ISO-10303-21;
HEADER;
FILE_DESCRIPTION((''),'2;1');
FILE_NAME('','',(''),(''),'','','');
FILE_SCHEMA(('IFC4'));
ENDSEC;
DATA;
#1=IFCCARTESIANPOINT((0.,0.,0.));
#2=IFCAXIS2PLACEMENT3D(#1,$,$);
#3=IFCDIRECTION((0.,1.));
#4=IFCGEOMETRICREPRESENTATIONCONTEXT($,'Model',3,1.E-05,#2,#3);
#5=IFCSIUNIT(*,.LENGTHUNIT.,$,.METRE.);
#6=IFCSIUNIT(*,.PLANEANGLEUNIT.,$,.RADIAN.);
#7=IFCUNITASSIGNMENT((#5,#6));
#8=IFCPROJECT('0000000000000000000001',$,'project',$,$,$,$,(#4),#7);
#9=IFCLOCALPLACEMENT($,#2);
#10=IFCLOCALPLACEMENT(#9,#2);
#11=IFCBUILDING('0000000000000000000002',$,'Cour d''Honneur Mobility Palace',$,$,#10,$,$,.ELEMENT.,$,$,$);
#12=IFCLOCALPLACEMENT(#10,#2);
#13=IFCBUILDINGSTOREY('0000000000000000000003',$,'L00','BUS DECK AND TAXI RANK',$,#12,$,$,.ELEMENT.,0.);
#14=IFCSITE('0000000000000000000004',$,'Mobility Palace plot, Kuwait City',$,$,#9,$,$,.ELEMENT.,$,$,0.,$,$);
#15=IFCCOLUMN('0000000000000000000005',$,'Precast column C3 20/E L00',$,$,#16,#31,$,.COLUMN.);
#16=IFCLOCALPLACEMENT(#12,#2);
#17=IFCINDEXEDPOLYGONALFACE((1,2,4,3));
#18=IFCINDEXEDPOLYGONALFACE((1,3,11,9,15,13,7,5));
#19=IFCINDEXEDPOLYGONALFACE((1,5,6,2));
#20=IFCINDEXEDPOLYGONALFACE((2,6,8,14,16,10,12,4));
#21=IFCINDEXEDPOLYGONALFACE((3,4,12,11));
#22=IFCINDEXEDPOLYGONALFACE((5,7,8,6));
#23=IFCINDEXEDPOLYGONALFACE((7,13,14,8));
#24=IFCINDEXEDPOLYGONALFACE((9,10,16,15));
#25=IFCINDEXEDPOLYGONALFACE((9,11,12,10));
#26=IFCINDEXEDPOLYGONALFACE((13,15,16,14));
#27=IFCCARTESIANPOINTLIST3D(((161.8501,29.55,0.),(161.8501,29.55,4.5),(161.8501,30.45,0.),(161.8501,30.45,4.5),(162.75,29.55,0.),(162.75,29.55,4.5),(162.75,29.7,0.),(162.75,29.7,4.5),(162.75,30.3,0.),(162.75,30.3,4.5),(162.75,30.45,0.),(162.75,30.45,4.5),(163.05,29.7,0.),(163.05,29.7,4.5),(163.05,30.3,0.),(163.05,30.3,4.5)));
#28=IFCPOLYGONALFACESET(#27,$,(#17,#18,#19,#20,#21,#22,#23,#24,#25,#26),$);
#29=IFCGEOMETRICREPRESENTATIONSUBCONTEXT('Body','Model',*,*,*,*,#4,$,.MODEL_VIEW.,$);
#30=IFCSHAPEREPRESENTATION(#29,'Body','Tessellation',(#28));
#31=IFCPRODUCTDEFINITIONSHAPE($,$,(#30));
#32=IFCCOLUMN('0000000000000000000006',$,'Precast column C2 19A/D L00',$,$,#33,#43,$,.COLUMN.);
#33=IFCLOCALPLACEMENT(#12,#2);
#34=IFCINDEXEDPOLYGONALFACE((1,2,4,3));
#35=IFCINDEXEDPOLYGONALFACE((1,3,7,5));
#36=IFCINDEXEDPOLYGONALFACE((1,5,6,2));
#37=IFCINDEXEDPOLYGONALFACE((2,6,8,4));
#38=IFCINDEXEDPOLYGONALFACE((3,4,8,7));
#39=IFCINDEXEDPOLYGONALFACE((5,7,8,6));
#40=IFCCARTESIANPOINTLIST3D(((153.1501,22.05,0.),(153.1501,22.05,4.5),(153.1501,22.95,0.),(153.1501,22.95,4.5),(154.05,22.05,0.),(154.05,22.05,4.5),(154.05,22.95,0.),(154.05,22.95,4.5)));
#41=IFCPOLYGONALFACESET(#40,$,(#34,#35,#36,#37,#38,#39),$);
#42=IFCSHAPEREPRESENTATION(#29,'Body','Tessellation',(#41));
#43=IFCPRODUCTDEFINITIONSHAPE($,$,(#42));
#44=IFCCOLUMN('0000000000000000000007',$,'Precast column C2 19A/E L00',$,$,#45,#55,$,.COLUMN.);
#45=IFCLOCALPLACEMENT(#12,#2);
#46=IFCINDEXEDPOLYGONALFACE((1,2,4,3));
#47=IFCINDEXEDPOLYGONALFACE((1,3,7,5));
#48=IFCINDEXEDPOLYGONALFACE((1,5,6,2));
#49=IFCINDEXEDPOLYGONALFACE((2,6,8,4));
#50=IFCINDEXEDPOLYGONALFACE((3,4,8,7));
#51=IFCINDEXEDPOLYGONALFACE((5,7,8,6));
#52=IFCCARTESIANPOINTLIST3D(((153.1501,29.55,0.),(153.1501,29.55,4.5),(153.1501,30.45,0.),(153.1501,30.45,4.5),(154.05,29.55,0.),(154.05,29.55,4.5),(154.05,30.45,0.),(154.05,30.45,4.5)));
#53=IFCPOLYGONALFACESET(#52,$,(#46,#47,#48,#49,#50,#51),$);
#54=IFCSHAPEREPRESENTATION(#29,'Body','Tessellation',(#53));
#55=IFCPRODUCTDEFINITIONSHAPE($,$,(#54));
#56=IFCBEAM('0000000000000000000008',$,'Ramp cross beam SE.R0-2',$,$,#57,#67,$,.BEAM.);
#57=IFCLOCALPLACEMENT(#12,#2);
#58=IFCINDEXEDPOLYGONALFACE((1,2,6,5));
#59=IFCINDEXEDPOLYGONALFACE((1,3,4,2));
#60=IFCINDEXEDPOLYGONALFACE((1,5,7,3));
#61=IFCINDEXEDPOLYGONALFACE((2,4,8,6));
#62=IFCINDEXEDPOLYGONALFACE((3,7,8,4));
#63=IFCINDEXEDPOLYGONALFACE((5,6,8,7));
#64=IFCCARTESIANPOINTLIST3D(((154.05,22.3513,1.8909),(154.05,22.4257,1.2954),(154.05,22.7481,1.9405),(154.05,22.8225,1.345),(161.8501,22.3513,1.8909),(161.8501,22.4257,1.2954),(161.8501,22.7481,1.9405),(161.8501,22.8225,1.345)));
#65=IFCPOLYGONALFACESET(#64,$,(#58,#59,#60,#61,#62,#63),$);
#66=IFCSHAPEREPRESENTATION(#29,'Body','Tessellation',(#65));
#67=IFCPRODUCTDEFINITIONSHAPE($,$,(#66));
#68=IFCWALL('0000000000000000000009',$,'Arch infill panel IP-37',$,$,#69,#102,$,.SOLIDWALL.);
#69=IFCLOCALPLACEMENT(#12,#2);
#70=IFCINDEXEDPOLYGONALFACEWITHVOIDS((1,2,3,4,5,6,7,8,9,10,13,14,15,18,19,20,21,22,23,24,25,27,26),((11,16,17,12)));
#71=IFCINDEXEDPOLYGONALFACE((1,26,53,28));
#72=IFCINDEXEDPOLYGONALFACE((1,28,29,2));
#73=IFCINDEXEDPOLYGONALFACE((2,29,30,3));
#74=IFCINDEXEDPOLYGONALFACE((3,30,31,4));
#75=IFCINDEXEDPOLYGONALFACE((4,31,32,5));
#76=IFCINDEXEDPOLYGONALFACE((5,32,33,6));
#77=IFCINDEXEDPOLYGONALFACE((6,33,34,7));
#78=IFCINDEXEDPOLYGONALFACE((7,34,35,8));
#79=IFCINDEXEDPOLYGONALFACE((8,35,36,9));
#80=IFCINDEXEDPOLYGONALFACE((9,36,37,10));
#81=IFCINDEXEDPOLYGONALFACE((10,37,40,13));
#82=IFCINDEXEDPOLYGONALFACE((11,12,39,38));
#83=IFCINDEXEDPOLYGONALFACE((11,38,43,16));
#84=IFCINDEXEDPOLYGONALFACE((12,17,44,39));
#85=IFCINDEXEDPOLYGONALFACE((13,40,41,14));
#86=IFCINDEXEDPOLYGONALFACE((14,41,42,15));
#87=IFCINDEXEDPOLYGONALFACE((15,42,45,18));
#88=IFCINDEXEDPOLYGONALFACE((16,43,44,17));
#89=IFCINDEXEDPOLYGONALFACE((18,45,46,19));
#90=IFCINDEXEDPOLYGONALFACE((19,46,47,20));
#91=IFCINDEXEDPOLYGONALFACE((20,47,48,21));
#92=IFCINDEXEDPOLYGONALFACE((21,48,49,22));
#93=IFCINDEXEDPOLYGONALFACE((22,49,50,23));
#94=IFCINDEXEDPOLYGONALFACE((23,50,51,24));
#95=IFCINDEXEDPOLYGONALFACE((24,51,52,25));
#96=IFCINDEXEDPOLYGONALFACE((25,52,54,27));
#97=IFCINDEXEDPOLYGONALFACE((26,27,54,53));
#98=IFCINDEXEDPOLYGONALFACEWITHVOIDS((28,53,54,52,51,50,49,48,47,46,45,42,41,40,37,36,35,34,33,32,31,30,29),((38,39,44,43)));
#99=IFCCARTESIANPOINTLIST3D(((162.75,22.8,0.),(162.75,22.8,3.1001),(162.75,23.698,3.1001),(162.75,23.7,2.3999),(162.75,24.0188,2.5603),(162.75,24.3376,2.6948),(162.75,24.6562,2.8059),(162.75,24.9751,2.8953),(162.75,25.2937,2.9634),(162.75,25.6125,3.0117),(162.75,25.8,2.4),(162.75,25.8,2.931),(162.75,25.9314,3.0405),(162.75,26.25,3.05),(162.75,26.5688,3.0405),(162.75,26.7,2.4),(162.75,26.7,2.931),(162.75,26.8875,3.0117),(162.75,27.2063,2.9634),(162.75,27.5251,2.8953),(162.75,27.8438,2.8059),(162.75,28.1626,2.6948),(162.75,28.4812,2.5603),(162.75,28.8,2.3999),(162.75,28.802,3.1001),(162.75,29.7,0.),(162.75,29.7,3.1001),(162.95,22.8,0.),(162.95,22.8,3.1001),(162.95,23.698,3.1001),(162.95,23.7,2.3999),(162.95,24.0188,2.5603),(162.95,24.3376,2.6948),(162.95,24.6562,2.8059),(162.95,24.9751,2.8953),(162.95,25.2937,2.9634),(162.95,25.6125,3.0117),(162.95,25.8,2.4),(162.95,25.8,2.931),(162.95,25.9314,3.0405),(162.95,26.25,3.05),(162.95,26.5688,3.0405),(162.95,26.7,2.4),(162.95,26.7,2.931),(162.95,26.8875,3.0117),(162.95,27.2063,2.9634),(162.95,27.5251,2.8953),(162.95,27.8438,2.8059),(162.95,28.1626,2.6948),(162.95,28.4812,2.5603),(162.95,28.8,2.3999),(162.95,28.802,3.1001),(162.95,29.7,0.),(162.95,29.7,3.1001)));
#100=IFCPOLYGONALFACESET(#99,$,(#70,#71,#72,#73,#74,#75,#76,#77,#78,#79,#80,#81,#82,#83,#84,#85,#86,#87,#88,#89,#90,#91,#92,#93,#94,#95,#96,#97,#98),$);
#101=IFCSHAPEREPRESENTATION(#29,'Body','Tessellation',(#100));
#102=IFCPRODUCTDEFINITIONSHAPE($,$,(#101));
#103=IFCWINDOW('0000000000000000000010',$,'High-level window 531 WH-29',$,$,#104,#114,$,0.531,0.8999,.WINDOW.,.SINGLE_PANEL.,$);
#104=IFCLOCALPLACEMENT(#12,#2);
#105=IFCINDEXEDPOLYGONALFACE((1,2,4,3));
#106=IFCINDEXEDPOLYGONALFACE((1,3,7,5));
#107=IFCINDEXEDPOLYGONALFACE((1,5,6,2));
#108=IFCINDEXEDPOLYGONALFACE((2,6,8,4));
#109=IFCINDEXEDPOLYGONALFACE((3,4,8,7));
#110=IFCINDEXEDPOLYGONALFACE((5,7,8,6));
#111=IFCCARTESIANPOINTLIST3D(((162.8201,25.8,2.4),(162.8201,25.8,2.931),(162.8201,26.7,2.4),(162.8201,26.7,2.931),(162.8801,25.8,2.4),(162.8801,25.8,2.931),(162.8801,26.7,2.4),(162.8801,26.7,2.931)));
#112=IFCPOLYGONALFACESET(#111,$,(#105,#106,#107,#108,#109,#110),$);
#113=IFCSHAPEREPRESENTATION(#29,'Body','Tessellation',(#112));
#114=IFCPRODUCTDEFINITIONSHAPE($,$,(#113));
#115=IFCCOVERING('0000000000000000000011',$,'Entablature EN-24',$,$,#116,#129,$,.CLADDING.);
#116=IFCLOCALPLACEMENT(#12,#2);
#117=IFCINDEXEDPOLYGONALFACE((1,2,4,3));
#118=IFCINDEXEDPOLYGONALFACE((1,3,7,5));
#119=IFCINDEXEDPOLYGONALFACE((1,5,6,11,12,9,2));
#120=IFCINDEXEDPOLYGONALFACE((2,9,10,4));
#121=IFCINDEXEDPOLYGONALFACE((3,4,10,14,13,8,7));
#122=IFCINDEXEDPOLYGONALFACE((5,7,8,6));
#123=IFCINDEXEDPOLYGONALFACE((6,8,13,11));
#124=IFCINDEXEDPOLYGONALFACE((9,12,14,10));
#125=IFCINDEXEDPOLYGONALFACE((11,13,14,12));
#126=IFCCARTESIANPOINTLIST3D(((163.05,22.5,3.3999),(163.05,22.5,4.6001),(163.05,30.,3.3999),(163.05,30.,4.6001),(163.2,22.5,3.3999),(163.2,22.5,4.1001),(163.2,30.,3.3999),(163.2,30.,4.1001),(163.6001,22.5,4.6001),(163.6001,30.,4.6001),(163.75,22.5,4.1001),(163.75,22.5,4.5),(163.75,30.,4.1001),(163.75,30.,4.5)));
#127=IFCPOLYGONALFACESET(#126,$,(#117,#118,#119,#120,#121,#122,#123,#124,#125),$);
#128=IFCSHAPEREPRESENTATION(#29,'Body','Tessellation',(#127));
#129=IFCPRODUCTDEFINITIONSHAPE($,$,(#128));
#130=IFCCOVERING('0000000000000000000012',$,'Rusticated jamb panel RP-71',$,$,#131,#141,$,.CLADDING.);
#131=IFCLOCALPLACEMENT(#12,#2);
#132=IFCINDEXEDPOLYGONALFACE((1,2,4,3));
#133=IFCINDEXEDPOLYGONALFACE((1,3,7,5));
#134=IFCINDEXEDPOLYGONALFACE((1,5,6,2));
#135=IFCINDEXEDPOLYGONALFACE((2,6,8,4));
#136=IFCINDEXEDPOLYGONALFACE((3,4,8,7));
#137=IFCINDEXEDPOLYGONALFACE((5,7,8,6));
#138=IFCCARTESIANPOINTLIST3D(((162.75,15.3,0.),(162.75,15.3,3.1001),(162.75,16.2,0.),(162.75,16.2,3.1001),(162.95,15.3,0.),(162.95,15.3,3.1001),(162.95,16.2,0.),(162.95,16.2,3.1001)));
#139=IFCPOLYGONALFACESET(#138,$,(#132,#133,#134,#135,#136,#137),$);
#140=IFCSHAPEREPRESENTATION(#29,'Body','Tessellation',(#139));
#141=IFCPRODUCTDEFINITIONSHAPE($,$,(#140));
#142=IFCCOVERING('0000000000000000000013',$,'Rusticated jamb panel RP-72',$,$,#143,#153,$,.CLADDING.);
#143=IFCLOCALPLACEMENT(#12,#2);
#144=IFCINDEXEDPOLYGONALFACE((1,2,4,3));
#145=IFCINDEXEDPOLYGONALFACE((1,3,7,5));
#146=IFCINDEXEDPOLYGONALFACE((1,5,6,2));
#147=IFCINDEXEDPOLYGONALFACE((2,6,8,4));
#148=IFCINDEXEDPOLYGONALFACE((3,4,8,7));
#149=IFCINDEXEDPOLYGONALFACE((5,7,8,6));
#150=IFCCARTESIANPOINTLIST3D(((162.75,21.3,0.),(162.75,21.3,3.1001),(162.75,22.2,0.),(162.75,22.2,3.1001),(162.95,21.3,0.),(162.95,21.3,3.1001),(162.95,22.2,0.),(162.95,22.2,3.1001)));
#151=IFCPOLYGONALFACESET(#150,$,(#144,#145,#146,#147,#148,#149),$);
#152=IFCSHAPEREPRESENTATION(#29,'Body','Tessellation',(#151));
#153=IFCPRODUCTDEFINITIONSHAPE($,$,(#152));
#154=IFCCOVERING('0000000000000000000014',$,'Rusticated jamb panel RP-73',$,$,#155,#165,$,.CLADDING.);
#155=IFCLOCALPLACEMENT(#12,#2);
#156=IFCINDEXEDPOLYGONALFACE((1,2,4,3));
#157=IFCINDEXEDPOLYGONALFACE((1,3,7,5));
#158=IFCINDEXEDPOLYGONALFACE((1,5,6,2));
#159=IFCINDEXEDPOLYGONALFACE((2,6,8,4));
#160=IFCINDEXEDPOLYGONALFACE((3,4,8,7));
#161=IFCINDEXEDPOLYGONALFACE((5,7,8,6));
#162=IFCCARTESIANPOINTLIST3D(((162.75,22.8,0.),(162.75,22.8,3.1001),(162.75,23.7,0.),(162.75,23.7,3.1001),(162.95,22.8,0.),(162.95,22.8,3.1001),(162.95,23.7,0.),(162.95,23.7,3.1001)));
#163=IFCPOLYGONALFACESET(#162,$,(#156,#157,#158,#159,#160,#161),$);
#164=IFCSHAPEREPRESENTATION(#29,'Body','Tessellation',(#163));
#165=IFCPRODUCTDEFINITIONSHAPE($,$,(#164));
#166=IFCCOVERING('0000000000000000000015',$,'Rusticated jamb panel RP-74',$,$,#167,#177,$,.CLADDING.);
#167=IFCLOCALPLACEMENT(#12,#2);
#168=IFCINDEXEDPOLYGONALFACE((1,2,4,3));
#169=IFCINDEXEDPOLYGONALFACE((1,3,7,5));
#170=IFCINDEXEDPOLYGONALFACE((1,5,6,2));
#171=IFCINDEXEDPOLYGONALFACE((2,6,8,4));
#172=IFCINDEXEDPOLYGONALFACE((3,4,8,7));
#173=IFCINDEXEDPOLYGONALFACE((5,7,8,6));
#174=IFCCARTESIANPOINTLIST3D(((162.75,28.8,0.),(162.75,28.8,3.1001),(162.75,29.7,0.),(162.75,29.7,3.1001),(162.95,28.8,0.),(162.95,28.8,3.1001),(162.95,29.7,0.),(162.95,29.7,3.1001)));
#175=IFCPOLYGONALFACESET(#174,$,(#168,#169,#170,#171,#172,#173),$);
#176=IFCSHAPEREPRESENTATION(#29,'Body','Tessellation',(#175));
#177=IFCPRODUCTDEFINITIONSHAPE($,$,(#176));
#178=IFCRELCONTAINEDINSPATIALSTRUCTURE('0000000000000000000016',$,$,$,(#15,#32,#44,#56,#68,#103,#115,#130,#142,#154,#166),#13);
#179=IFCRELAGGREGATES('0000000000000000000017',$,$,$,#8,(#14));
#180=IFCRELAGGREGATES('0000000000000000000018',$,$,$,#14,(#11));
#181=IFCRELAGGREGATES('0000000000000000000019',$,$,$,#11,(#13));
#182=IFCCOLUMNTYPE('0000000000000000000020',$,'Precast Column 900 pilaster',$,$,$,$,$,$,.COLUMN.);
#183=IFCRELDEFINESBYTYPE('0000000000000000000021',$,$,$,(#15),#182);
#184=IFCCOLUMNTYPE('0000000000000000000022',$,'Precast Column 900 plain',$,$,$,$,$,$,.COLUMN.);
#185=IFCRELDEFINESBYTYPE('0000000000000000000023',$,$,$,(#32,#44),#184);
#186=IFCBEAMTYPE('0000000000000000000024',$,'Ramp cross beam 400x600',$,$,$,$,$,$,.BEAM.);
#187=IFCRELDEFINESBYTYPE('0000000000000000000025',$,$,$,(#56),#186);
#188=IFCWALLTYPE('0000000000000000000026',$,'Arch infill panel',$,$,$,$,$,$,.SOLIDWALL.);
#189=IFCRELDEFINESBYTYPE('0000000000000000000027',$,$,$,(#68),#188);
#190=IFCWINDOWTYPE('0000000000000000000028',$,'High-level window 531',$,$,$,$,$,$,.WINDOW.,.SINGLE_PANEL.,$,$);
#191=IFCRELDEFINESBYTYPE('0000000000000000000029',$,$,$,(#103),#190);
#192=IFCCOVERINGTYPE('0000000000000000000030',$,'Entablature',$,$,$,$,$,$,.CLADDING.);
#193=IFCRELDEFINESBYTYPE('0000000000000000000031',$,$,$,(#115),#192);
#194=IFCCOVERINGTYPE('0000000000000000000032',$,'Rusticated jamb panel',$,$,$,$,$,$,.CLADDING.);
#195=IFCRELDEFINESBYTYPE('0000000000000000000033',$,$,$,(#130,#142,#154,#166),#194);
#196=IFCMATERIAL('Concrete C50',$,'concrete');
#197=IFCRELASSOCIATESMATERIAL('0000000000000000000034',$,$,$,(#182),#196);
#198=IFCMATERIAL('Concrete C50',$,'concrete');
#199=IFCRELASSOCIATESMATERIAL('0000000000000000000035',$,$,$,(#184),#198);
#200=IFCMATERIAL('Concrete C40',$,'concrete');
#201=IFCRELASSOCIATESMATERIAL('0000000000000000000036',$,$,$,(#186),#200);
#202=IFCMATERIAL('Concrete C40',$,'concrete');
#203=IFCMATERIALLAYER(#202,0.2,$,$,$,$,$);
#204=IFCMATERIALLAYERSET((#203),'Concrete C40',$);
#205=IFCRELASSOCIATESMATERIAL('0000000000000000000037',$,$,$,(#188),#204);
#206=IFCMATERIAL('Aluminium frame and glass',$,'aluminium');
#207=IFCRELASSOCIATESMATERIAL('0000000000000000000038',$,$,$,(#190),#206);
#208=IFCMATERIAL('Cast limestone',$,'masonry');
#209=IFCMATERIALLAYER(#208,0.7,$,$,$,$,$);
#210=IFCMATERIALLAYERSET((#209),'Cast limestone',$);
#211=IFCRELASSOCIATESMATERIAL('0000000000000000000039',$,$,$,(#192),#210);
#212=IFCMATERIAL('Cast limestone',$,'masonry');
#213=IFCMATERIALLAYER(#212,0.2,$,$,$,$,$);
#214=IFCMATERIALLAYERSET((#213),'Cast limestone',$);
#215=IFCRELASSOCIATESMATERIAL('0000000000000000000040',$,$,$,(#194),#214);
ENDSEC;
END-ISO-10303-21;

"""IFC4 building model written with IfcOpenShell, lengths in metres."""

from ifc_helpers import new_model, si_unit, direction, frame, frame_2d, origin, origin_2d, place, context, subcontext, project, spatial, polyline, rectangle, outline, extrude, material, layer, layer_set, material_profile, profile_set, type_object, element, fill, save


model = new_model("IFC4")

# Units and contexts
model_context = context("Model", 3, precision=1e-05, world=origin(), true_north=direction((0.0, 1.0)))
body_context = subcontext(model_context, "Body", "Model", "MODEL_VIEW")
ifc_project = project(units=[si_unit("LENGTHUNIT", "METRE"), si_unit("PLANEANGLEUNIT", "RADIAN")], contexts=[model_context])

# Site, building, storey
site_placement = place(None, origin())
site = spatial("IfcSite", under=ifc_project, at=site_placement, Name="Mobility Palace plot, Kuwait City", CompositionType="ELEMENT", RefElevation=0.0)
building_placement = place(site_placement, origin())
building = spatial("IfcBuilding", under=site, at=building_placement, Name="Cour d'Honneur Mobility Palace", CompositionType="ELEMENT")
storey_placement = place(building_placement, origin())
storey = spatial("IfcBuildingStorey", under=building, at=storey_placement, Name="L00", Description="BUS DECK AND TAXI RANK", CompositionType="ELEMENT", Elevation=0.0)

# Columns
ifc_material_1 = material(Name="Concrete C50", Category="concrete")
ifc_material_profile_1 = material_profile(ifc_material_1, outline(polyline([(-0.45, -0.45), (0.45, -0.45), (0.45, -0.3), (0.75, -0.3), (0.75, 0.3), (0.45, 0.3), (0.45, 0.45), (-0.45, 0.45), (-0.45, -0.45)])), Name="PC C900 pilaster")
ifc_profile_set_1 = profile_set([ifc_material_profile_1], Name="Concrete C50")
column_type_1 = type_object("IfcColumnType", Name="Precast Column 900 pilaster", PredefinedType="COLUMN", material=ifc_profile_set_1)
for number, where, z_axis, x_axis, name in (
    (1, (162.3, 30.0, 0.0), (0.0, 0.0, 1.0), (1.0, 0.0, 0.0), "Precast column C3 20/E L00"),
):
    element("IfcColumn", number, at=place(storey_placement, frame(where, z_axis=z_axis, x_axis=x_axis)), inside=storey, type_object=column_type_1, Name=name, PredefinedType="COLUMN", context=body_context, shape_type="SweptSolid", body=[
        extrude(outline(polyline([(-0.45, -0.45), (0.45, -0.45), (0.45, -0.3), (0.75, -0.3), (0.75, 0.3), (0.45, 0.3), (0.45, 0.45), (-0.45, 0.45), (-0.45, -0.45)])), origin(), (0.0, 0.0, 1.0), 4.5),
    ])
ifc_material_2 = material(Name="Concrete C50", Category="concrete")
ifc_material_profile_2 = material_profile(ifc_material_2, outline(polyline([(-0.45, -0.45), (0.45, -0.45), (0.45, 0.45), (-0.45, 0.45), (-0.45, -0.45)])), Name="PC C900 plain")
ifc_profile_set_2 = profile_set([ifc_material_profile_2], Name="Concrete C50")
column_type_2 = type_object("IfcColumnType", Name="Precast Column 900 plain", PredefinedType="COLUMN", material=ifc_profile_set_2)
for number, where, z_axis, x_axis, name in (
    (2, (153.6001, 22.5, 0.0), (0.0, 0.0, 1.0), (1.0, 0.0, 0.0), "Precast column C2 19A/D L00"),
    (3, (153.6001, 30.0, 0.0), (0.0, 0.0, 1.0), (1.0, 0.0, 0.0), "Precast column C2 19A/E L00"),
):
    element("IfcColumn", number, at=place(storey_placement, frame(where, z_axis=z_axis, x_axis=x_axis)), inside=storey, type_object=column_type_2, Name=name, PredefinedType="COLUMN", context=body_context, shape_type="SweptSolid", body=[
        extrude(outline(polyline([(-0.45, -0.45), (0.45, -0.45), (0.45, 0.45), (-0.45, 0.45), (-0.45, -0.45)])), origin(), (0.0, 0.0, 1.0), 4.5),
    ])

# Beam
ifc_material_3 = material(Name="Concrete C40", Category="concrete")
ifc_material_profile_3 = material_profile(ifc_material_3, rectangle(XDim=0.3999, YDim=0.6001, at=origin_2d()), Name="Ramp cross beam 400x600")
ifc_profile_set_3 = profile_set([ifc_material_profile_3], Name="Concrete C40")
beam_type = type_object("IfcBeamType", Name="Ramp cross beam 400x600", PredefinedType="BEAM", material=ifc_profile_set_3)
beam_placement = place(storey_placement, frame((161.8501, 22.5869, 1.6179), z_axis=(-1.0, 0.0, 0.0), x_axis=(0.0, -0.992278, -0.124035)))
element("IfcBeam", 4, at=beam_placement, inside=storey, type_object=beam_type, Name="Ramp cross beam SE.R0-2", PredefinedType="BEAM", context=body_context, shape_type="SweptSolid", body=[
    extrude(rectangle(XDim=0.3999, YDim=0.6001, at=origin_2d()), origin(), (0.0, 0.0, 1.0), 7.8),
])

# Wall, opening, window
ifc_material_4 = material(Name="Concrete C40", Category="concrete")
ifc_layer_1 = layer(ifc_material_4, 0.2)
ifc_layer_set_1 = layer_set([ifc_layer_1], Name="Concrete C40")
wall_type = type_object("IfcWallType", Name="Arch infill panel", PredefinedType="SOLIDWALL", material=ifc_layer_set_1)
wall_placement = place(storey_placement, frame((162.8501, 22.8, 0.0), z_axis=(0.0, 0.0, 1.0), x_axis=(0.0, 1.0, 0.0)))
wall = element("IfcWall", 5, at=wall_placement, inside=storey, type_object=wall_type, Name="Arch infill panel IP-37", PredefinedType="SOLIDWALL", context=body_context, shape_type="SweptSolid", body=[
    extrude(outline(polyline([(0.0, 0.0), (6.8999, 0.0), (6.8999, 3.1001), (6.002, 3.1001), (6.0, 2.3999), (5.6812, 2.5603), (5.3625, 2.6948), (5.0437, 2.8059), (4.7251, 2.8953), (4.4062, 2.9634), (4.0874, 3.0117), (3.7688, 3.0405), (3.45, 3.05), (3.1313, 3.0405), (2.8125, 3.0117), (2.4937, 2.9634), (2.175, 2.8953), (1.8562, 2.8059), (1.5376, 2.6948), (1.2188, 2.5603), (0.8999, 2.3999), (0.8979, 3.1001), (0.0, 3.1001), (0.0, 0.0)])), frame((0.0, 0.1001, 0.0), z_axis=(0.0, -1.0, 0.0), x_axis=(1.0, 0.0, 0.0)), (0.0, 0.0, 1.0), 0.2),
])
opening_placement = place(wall_placement, frame((3.0, 0.0, 2.3999)))
opening = element("IfcOpeningElement", 6, at=opening_placement, cuts=wall, PredefinedType="OPENING", context=body_context, shape_type="SweptSolid", body=[
    extrude(rectangle(XDim=0.8999, YDim=0.531, at=frame_2d((0.45, 0.2656))), frame((0.0, 0.1099, 0.0), z_axis=(0.0, -1.0, 0.0), x_axis=(1.0, 0.0, 0.0)), (0.0, 0.0, 1.0), 0.22),
])
ifc_material_5 = material(Name="Aluminium frame and glass", Category="aluminium")
window_type = type_object("IfcWindowType", Name="High-level window 531", PartitioningType="SINGLE_PANEL", PredefinedType="WINDOW", material=ifc_material_5)
window_placement = place(opening_placement, origin())
window = element("IfcWindow", 7, at=window_placement, inside=storey, type_object=window_type, Name="High-level window 531 WH-29", OverallHeight=0.531, OverallWidth=0.8999, PartitioningType="SINGLE_PANEL", PredefinedType="WINDOW", context=body_context, shape_type="SweptSolid", body=[
    extrude(rectangle(XDim=0.8999, YDim=0.531, at=frame_2d((0.45, 0.2656))), frame((0.0, 0.03, 0.0), z_axis=(0.0, -1.0, 0.0), x_axis=(1.0, 0.0, 0.0)), (0.0, 0.0, 1.0), 0.0601),
])
fill(opening, window)

# Coverings
ifc_material_6 = material(Name="Cast limestone", Category="masonry")
ifc_layer_2 = layer(ifc_material_6, 0.7)
ifc_layer_set_2 = layer_set([ifc_layer_2], Name="Cast limestone")
covering_type_1 = type_object("IfcCoveringType", Name="Entablature", PredefinedType="CLADDING", material=ifc_layer_set_2)
covering_1_placement = place(storey_placement, frame((163.05, 22.5, 3.3999), z_axis=(0.0, -1.0, 0.0), x_axis=(1.0, 0.0, 0.0)))
element("IfcCovering", 8, at=covering_1_placement, inside=storey, type_object=covering_type_1, Name="Entablature EN-24", PredefinedType="CLADDING", context=body_context, shape_type="SweptSolid", body=[
    extrude(outline(polyline([(0.0, 0.0), (0.1499, 0.0), (0.1499, 0.7002), (0.7, 0.7002), (0.7, 1.1001), (0.55, 1.2002), (0.0, 1.2002), (0.0, 0.0)])), origin(), (0.0, 0.0, -1.0), 7.5),
])
ifc_material_7 = material(Name="Cast limestone", Category="masonry")
ifc_layer_3 = layer(ifc_material_7, 0.2)
ifc_layer_set_3 = layer_set([ifc_layer_3], Name="Cast limestone")
covering_type_2 = type_object("IfcCoveringType", Name="Rusticated jamb panel", PredefinedType="CLADDING", material=ifc_layer_set_3)
for number, where, z_axis, x_axis, name in (
    (9, (162.95, 15.3, 0.0), (1.0, 0.0, 0.0), (0.0, 1.0, 0.0), "Rusticated jamb panel RP-71"),
    (10, (162.95, 21.3, 0.0), (1.0, 0.0, 0.0), (0.0, 1.0, 0.0), "Rusticated jamb panel RP-72"),
    (11, (162.95, 22.8, 0.0), (1.0, 0.0, 0.0), (0.0, 1.0, 0.0), "Rusticated jamb panel RP-73"),
    (12, (162.95, 28.8, 0.0), (1.0, 0.0, 0.0), (0.0, 1.0, 0.0), "Rusticated jamb panel RP-74"),
):
    element("IfcCovering", number, at=place(storey_placement, frame(where, z_axis=z_axis, x_axis=x_axis)), inside=storey, type_object=covering_type_2, Name=name, PredefinedType="CLADDING", context=body_context, shape_type="SweptSolid", body=[
        extrude(outline(polyline([(0.0, 0.0), (0.8999, 0.0), (0.8999, 3.1001), (0.0, 3.1001), (0.0, 0.0)])), origin(), (0.0, 0.0, -1.0), 0.2),
    ])

save(model, "model.ifc")
